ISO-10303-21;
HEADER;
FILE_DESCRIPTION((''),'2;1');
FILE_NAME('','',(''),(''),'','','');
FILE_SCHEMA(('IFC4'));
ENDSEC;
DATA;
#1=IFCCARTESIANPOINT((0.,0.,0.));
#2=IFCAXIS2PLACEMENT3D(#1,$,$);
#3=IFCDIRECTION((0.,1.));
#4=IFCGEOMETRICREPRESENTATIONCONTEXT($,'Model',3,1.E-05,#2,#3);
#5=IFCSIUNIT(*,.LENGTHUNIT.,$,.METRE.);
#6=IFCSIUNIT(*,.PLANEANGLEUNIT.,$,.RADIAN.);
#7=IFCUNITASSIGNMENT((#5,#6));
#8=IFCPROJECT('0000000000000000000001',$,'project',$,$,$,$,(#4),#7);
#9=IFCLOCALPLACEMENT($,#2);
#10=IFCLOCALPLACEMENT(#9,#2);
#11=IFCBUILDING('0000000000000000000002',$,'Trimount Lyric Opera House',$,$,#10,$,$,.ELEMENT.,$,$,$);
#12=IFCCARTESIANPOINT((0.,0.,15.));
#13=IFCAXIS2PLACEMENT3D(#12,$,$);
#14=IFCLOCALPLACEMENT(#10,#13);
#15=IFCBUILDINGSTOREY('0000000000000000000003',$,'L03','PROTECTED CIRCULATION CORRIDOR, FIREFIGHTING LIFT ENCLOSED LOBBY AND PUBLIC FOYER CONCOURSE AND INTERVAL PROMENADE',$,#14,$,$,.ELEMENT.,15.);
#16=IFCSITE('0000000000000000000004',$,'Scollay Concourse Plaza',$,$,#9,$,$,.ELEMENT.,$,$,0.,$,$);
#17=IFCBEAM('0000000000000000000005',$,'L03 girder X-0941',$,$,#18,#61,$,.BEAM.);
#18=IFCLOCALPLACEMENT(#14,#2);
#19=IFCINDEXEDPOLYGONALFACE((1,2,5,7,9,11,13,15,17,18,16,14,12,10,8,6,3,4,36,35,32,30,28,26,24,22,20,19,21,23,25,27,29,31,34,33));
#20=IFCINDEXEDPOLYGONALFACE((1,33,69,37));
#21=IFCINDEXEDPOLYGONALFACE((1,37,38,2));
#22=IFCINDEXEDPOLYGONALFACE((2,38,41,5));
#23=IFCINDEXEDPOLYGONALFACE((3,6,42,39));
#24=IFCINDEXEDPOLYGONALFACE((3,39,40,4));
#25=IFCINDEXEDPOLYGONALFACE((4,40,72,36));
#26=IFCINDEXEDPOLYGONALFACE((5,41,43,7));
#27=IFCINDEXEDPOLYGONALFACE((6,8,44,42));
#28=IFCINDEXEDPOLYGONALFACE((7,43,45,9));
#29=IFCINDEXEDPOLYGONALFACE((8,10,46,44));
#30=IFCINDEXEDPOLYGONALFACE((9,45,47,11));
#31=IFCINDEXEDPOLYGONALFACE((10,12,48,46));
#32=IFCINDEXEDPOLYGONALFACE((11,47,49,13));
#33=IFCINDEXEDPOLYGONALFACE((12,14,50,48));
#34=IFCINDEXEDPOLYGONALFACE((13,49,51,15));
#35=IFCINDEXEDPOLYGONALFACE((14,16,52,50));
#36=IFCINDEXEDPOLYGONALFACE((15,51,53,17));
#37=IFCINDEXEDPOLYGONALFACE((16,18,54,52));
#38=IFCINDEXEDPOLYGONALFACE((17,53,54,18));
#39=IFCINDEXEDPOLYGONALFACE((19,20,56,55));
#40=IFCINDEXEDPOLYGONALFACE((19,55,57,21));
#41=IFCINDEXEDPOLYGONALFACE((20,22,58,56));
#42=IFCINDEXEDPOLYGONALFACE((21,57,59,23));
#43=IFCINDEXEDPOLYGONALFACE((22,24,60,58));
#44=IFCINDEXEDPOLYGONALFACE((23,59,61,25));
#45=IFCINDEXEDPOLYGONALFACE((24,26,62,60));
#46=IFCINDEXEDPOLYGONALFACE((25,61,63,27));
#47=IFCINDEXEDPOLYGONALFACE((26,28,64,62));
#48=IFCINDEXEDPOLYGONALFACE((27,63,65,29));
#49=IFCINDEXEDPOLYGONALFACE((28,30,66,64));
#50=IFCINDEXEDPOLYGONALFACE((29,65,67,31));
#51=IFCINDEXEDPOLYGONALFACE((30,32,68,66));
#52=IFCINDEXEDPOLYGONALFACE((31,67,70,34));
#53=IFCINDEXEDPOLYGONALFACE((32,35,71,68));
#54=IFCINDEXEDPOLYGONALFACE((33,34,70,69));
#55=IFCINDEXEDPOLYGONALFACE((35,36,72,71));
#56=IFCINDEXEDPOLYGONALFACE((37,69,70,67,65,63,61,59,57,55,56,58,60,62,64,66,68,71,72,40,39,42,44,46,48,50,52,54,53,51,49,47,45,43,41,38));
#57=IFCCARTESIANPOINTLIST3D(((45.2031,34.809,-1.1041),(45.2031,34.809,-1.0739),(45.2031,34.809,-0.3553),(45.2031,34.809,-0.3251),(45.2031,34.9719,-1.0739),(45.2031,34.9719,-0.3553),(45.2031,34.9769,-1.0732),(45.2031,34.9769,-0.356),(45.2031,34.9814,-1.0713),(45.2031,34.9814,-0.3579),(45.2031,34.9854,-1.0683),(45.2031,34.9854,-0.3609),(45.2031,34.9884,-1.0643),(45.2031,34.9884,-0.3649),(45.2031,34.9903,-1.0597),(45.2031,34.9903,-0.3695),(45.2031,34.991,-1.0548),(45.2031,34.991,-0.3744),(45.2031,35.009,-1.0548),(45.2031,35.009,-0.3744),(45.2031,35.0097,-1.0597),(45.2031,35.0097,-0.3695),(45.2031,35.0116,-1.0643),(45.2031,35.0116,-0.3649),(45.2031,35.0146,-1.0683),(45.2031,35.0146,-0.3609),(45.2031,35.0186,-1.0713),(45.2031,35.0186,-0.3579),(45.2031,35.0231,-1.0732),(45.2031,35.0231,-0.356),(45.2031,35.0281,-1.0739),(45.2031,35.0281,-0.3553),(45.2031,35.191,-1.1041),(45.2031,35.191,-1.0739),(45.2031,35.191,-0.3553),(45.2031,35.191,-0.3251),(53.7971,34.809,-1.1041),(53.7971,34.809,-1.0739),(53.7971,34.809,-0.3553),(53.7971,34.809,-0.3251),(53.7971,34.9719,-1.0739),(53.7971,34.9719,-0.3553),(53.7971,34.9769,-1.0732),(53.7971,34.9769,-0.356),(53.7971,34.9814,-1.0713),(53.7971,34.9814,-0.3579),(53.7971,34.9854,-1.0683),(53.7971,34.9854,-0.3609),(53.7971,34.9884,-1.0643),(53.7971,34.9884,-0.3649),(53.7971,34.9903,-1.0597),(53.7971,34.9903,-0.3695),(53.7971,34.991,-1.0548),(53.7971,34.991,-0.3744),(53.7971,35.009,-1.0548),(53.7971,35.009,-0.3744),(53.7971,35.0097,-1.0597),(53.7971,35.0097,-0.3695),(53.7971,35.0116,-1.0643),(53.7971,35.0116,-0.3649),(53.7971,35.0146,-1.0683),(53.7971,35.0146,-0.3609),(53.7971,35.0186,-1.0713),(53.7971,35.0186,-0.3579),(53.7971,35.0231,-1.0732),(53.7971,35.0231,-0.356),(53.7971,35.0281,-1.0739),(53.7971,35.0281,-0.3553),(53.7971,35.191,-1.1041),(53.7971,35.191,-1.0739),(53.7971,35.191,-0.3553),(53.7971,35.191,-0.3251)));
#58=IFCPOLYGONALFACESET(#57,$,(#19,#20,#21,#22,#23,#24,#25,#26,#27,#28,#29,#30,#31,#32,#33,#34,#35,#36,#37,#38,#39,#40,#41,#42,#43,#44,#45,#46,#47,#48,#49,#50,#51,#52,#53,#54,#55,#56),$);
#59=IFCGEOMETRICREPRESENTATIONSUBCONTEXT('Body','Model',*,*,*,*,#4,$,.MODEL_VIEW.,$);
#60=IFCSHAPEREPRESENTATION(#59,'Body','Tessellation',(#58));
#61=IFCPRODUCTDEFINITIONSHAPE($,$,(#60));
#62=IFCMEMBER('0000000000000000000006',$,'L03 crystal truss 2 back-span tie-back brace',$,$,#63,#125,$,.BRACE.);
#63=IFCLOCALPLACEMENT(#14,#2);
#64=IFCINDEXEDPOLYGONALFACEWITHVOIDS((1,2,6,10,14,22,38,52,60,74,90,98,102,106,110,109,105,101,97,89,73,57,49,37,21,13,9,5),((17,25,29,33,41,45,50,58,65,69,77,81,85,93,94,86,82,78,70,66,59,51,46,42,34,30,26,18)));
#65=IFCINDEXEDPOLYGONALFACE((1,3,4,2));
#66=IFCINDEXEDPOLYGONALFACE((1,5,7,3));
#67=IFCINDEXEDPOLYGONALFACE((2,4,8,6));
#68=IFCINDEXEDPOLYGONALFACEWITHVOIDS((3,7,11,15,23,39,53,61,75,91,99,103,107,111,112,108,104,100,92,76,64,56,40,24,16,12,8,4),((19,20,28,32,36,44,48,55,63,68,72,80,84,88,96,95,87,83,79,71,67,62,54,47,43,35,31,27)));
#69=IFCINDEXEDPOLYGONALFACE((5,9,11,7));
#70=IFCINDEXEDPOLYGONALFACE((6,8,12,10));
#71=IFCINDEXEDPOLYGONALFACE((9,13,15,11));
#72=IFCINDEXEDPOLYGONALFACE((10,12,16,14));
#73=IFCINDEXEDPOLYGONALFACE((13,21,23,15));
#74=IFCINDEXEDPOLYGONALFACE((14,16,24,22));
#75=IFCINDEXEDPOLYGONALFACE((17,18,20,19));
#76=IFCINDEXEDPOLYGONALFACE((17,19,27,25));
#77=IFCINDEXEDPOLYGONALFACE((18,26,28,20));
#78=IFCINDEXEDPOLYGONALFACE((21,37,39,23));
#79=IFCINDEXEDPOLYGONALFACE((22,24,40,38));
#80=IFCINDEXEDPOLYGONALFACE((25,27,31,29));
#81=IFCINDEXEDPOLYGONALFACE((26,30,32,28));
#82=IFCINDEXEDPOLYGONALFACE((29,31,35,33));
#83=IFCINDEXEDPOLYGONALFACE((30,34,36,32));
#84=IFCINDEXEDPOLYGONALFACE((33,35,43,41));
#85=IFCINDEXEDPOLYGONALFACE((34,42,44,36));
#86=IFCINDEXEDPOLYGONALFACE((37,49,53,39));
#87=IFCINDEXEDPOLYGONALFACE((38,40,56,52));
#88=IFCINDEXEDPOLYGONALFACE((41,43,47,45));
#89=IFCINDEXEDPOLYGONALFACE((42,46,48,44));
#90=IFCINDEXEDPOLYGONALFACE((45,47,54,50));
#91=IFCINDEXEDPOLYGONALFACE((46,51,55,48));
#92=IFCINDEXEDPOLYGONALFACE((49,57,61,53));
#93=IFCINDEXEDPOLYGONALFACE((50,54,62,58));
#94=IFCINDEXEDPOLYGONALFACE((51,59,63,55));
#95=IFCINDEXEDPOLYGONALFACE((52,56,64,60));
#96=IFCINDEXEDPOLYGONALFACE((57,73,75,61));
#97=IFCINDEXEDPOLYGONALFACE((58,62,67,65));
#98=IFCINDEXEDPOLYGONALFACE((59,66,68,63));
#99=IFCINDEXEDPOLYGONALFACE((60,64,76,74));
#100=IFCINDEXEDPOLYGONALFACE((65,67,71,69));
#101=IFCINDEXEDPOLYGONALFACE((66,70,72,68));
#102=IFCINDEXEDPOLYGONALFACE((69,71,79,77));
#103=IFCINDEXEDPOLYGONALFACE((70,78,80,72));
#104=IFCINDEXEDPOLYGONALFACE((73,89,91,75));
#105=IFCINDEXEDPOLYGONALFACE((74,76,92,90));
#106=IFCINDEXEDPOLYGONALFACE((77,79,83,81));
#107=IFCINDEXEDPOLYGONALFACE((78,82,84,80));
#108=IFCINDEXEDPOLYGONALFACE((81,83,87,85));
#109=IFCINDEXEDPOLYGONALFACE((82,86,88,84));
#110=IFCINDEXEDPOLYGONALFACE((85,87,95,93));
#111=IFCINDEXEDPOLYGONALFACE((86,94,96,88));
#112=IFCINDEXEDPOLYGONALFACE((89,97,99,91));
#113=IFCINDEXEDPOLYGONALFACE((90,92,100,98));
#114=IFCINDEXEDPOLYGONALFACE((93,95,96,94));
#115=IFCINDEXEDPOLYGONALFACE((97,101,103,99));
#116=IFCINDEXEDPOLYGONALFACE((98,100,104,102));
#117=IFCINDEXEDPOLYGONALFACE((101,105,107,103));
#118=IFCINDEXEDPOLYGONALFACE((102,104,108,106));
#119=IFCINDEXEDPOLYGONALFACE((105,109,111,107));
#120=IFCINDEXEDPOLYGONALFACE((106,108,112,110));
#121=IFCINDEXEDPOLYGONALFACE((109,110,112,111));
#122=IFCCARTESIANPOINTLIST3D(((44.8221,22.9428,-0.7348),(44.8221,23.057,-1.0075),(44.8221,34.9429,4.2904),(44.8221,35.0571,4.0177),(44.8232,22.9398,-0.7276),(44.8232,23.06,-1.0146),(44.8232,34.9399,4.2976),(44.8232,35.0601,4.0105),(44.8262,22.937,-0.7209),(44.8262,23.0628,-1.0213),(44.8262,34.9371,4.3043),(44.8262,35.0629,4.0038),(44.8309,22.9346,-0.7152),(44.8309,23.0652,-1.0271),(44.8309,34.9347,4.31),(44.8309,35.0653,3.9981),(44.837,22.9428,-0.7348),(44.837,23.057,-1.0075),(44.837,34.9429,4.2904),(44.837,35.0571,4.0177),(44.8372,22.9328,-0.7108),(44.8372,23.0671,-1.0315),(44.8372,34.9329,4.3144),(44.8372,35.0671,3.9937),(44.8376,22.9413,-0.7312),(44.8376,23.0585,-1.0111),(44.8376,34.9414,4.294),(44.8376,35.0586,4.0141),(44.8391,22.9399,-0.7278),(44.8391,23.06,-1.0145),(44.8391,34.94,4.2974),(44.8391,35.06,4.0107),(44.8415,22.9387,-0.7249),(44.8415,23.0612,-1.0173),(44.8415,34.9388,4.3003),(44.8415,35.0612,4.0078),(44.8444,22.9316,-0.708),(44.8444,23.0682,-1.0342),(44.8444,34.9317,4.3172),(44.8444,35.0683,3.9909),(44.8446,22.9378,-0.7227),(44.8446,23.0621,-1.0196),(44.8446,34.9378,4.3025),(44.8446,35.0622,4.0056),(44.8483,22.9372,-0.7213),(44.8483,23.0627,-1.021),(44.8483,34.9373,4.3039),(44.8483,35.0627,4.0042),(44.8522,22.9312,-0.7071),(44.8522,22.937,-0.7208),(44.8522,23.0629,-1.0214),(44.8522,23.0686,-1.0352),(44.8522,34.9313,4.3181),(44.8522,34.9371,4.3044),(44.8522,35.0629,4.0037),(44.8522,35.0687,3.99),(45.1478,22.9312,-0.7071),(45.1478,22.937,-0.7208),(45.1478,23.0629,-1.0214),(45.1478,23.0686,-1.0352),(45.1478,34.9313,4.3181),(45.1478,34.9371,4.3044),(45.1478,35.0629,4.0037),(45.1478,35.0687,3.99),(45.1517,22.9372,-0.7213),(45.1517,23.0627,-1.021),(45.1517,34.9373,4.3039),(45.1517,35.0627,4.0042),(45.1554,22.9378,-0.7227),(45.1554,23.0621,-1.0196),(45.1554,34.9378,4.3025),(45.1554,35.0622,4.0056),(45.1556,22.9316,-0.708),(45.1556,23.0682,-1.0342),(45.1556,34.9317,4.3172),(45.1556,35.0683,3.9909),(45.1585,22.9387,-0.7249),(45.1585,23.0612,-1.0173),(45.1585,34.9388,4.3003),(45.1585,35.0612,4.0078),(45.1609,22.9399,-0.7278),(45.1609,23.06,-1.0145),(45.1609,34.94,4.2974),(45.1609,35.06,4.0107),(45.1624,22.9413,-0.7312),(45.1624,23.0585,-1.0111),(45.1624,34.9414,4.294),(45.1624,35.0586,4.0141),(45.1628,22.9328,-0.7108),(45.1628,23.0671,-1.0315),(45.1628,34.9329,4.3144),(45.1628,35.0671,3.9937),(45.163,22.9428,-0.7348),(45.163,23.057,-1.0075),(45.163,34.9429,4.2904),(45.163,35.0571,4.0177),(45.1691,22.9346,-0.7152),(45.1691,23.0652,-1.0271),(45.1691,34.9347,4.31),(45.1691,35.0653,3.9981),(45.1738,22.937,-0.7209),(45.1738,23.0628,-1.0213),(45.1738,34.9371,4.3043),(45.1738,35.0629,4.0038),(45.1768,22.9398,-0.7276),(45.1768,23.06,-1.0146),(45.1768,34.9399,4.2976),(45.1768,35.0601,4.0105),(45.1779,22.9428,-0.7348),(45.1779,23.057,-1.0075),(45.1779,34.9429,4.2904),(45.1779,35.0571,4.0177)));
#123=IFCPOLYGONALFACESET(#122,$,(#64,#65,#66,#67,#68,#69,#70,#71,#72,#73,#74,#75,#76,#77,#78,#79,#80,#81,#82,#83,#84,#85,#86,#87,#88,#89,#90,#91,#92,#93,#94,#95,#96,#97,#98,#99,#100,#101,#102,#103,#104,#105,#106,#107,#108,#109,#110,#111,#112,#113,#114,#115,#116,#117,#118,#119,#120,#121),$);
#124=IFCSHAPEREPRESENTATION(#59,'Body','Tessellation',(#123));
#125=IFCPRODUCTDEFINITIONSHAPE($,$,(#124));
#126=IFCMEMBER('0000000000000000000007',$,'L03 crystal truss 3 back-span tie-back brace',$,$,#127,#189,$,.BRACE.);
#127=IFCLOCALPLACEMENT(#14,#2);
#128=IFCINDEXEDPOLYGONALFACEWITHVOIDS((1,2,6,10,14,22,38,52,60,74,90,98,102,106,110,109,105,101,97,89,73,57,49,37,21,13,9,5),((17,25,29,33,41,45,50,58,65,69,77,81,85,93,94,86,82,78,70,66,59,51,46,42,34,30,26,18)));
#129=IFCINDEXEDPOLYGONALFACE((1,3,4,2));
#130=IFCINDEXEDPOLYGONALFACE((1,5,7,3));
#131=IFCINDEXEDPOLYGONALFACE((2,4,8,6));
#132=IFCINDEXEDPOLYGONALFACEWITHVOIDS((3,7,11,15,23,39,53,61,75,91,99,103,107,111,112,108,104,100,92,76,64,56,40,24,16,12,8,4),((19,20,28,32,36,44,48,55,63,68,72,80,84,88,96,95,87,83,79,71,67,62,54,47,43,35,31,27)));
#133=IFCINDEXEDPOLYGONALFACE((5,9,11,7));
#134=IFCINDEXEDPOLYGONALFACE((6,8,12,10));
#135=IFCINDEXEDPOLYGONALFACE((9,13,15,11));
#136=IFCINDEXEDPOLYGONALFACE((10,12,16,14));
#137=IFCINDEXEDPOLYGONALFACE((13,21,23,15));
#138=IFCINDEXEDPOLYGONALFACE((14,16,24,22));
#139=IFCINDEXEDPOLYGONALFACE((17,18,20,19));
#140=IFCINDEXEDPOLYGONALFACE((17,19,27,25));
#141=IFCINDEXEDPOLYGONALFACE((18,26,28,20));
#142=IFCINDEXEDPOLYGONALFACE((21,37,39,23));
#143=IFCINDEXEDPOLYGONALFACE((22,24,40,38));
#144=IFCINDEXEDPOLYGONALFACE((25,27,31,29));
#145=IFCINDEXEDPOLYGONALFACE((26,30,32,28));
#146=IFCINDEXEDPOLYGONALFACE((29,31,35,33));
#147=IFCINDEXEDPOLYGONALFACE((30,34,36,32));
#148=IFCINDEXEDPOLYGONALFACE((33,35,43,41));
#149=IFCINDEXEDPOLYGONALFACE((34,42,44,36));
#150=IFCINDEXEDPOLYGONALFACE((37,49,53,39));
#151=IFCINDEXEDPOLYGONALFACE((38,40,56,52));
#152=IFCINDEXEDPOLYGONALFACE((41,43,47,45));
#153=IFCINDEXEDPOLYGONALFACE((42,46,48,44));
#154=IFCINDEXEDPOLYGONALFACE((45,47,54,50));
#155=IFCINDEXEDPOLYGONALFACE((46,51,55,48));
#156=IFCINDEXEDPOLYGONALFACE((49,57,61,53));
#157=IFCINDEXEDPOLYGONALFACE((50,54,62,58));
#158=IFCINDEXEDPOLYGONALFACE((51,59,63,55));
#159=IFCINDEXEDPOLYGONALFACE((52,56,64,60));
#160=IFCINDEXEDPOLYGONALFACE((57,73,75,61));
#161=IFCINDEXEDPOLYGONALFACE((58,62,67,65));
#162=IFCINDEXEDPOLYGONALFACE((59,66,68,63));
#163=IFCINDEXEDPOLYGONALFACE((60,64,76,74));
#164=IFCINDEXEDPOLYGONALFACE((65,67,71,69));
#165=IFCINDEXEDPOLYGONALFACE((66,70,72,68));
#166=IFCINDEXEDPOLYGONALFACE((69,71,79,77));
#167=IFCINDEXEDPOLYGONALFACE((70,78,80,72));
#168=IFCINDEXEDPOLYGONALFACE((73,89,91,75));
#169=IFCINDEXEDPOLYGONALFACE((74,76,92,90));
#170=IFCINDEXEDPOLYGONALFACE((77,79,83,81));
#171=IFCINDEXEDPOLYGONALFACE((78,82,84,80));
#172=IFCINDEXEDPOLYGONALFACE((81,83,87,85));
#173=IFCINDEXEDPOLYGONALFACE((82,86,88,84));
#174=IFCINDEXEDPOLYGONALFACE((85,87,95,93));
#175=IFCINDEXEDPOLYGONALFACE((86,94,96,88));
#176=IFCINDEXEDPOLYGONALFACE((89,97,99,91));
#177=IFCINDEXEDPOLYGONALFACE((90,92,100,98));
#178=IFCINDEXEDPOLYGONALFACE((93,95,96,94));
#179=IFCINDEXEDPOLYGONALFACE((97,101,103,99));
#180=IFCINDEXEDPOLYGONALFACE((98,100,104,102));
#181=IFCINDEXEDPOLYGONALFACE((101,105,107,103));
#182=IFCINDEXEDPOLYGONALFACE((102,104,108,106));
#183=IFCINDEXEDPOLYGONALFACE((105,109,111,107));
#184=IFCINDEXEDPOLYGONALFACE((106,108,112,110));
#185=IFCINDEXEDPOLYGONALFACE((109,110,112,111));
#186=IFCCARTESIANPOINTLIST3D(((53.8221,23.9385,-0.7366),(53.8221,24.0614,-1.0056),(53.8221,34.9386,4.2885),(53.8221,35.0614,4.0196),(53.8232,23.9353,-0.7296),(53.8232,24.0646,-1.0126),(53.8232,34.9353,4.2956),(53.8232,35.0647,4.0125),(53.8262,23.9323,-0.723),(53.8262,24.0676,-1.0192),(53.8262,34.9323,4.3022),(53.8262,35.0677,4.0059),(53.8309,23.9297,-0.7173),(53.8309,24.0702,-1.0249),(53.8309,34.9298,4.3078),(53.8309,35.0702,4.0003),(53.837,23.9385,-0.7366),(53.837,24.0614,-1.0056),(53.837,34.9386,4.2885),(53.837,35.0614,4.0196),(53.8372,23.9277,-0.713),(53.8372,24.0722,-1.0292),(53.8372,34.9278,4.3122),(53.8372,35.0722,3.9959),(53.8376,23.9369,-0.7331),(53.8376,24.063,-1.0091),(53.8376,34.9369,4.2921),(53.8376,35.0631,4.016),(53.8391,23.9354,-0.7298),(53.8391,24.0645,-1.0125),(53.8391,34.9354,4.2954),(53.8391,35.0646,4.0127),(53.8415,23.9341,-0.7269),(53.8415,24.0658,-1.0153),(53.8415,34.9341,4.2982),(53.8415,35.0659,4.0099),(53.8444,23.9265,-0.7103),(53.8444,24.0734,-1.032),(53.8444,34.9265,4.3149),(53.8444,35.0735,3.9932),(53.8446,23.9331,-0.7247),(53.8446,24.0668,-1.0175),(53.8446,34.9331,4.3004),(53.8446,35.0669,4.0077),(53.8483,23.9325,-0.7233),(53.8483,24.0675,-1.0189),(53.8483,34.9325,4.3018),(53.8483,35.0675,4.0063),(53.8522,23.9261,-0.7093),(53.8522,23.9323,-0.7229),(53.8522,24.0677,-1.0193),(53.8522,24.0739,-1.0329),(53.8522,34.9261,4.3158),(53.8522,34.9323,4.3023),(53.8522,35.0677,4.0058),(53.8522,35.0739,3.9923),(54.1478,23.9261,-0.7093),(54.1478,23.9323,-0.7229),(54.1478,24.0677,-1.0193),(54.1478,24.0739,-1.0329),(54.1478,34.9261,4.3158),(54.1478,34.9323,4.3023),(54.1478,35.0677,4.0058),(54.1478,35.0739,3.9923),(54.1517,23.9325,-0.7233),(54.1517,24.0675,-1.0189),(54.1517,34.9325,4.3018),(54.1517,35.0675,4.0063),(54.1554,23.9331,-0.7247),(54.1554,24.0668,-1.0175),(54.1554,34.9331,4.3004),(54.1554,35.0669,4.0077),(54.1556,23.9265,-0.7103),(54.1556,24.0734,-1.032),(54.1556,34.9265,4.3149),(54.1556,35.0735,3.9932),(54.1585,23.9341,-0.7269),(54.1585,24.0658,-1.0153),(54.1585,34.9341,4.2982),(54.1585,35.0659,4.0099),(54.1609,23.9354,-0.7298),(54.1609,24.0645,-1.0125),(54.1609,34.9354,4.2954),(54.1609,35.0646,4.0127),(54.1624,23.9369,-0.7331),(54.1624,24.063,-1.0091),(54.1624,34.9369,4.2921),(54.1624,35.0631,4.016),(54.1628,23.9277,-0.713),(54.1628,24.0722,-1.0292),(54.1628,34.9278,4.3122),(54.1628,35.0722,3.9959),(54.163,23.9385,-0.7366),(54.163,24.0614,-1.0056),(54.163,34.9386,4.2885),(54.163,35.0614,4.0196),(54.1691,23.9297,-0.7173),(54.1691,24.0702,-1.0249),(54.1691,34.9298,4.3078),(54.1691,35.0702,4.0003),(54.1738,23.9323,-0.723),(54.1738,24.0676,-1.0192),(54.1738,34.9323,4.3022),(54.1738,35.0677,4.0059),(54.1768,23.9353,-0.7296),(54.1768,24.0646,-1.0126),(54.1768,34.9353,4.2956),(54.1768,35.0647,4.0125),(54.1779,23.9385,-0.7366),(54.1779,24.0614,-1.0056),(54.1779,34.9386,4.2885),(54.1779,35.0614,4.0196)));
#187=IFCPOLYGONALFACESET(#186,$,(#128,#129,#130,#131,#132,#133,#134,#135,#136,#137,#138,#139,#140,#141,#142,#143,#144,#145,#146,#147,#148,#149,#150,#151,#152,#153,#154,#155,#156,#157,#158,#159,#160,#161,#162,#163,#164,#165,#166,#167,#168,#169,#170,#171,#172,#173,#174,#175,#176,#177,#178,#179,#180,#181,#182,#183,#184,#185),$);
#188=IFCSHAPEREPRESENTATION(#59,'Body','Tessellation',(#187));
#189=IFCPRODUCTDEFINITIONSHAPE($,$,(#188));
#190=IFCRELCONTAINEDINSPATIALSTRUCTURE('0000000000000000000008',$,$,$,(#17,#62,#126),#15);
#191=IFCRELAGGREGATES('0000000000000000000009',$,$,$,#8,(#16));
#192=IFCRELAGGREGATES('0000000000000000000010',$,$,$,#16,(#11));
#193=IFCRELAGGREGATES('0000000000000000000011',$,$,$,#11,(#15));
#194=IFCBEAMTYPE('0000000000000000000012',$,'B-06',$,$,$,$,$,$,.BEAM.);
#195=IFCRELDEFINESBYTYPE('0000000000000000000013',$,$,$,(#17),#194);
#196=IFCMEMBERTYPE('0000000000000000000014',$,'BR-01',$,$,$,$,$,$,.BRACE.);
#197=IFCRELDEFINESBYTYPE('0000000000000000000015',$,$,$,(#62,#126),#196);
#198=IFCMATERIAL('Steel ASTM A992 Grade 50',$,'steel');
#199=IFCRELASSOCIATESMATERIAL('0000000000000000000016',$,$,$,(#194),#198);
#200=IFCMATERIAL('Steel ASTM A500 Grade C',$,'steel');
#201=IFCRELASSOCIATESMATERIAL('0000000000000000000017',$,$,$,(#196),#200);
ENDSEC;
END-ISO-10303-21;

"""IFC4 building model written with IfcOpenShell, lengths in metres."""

from ifc_helpers import new_model, si_unit, direction, frame, origin, origin_2d, place, context, subcontext, project, spatial, hollow_rectangle, i_section, extrude, material, material_profile, profile_set, type_object, element, save


model = new_model("IFC4")

# Units and contexts
model_context = context("Model", 3, precision=1e-05, world=origin(), true_north=direction((0.0, 1.0)))
body_context = subcontext(model_context, "Body", "Model", "MODEL_VIEW")
ifc_project = project(units=[si_unit("LENGTHUNIT", "METRE"), si_unit("PLANEANGLEUNIT", "RADIAN")], contexts=[model_context])

# Site, building, storey
site_placement = place(None, origin())
site = spatial("IfcSite", under=ifc_project, at=site_placement, Name="Scollay Concourse Plaza", CompositionType="ELEMENT", RefElevation=0.0)
building_placement = place(site_placement, origin())
building = spatial("IfcBuilding", under=site, at=building_placement, Name="Trimount Lyric Opera House", CompositionType="ELEMENT")
storey_placement = place(building_placement, frame((0.0, 0.0, 15.0)))
storey = spatial("IfcBuildingStorey", under=building, at=storey_placement, Name="L03", Description="PROTECTED CIRCULATION CORRIDOR, FIREFIGHTING LIFT ENCLOSED LOBBY AND PUBLIC FOYER CONCOURSE AND INTERVAL PROMENADE", CompositionType="ELEMENT", Elevation=15.0)

# Beam
ifc_material_1 = material(Name="Steel ASTM A992 Grade 50", Category="steel")
ifc_material_profile_1 = material_profile(ifc_material_1, i_section(OverallWidth=0.3821, OverallDepth=0.7791, WebThickness=0.0181, FlangeThickness=0.0303, FilletRadius=0.019, at=origin_2d()), Name="W30X191")
ifc_profile_set_1 = profile_set([ifc_material_profile_1], Name="Steel ASTM A992 Grade 50")
beam_type_1 = type_object("IfcBeamType", Name="B-06", PredefinedType="BEAM", material=ifc_profile_set_1)
beam_1_placement = place(storey_placement, frame((45.2031, 35.0, -0.7146), z_axis=(1.0, 0.0, 0.0), x_axis=(0.0, 1.0, 0.0)))
element("IfcBeam", 1, at=beam_1_placement, inside=storey, type_object=beam_type_1, Name="L03 girder X-0941", PredefinedType="BEAM", context=body_context, shape_type="SweptSolid", body=[
    extrude(i_section(OverallWidth=0.3821, OverallDepth=0.7791, WebThickness=0.0181, FlangeThickness=0.0303, FilletRadius=0.019, at=origin_2d()), origin(), (0.0, 0.0, 1.0), 8.594),
])

# Members
ifc_material_2 = material(Name="Steel ASTM A500 Grade C", Category="steel")
ifc_material_profile_2 = material_profile(ifc_material_2, hollow_rectangle(XDim=0.3557, YDim=0.3557, WallThickness=0.0149, InnerFilletRadius=0.0151, OuterFilletRadius=0.03, at=origin_2d()), Name="HSS355.6X355.6X15.9")
ifc_profile_set_2 = profile_set([ifc_material_profile_2], Name="Steel ASTM A500 Grade C")
member_type_1 = type_object("IfcMemberType", Name="BR-01", PredefinedType="BRACE", material=ifc_profile_set_2)
member_1_placement = place(storey_placement, frame((45.0, 35.0, 4.1541), z_axis=(0.0, -0.922389, -0.386262), x_axis=(1.0, 0.0, 0.0)))
element("IfcMember", 2, at=member_1_placement, inside=storey, type_object=member_type_1, Name="L03 crystal truss 2 back-span tie-back brace", PredefinedType="BRACE", context=body_context, shape_type="SweptSolid", body=[
    extrude(hollow_rectangle(XDim=0.3557, YDim=0.3557, WallThickness=0.0149, InnerFilletRadius=0.0151, OuterFilletRadius=0.03, at=origin_2d()), origin(), (0.0, 0.0, 1.0), 13.0098),
])
member_2_placement = place(storey_placement, frame((54.0, 35.0, 4.1541), z_axis=(0.0, -0.909582, -0.415525), x_axis=(1.0, 0.0, 0.0)))
element("IfcMember", 3, at=member_2_placement, inside=storey, type_object=member_type_1, Name="L03 crystal truss 3 back-span tie-back brace", PredefinedType="BRACE", context=body_context, shape_type="SweptSolid", body=[
    extrude(hollow_rectangle(XDim=0.3557, YDim=0.3557, WallThickness=0.0149, InnerFilletRadius=0.0151, OuterFilletRadius=0.03, at=origin_2d()), origin(), (0.0, 0.0, 1.0), 12.0935),
])

save(model, "model.ifc")
